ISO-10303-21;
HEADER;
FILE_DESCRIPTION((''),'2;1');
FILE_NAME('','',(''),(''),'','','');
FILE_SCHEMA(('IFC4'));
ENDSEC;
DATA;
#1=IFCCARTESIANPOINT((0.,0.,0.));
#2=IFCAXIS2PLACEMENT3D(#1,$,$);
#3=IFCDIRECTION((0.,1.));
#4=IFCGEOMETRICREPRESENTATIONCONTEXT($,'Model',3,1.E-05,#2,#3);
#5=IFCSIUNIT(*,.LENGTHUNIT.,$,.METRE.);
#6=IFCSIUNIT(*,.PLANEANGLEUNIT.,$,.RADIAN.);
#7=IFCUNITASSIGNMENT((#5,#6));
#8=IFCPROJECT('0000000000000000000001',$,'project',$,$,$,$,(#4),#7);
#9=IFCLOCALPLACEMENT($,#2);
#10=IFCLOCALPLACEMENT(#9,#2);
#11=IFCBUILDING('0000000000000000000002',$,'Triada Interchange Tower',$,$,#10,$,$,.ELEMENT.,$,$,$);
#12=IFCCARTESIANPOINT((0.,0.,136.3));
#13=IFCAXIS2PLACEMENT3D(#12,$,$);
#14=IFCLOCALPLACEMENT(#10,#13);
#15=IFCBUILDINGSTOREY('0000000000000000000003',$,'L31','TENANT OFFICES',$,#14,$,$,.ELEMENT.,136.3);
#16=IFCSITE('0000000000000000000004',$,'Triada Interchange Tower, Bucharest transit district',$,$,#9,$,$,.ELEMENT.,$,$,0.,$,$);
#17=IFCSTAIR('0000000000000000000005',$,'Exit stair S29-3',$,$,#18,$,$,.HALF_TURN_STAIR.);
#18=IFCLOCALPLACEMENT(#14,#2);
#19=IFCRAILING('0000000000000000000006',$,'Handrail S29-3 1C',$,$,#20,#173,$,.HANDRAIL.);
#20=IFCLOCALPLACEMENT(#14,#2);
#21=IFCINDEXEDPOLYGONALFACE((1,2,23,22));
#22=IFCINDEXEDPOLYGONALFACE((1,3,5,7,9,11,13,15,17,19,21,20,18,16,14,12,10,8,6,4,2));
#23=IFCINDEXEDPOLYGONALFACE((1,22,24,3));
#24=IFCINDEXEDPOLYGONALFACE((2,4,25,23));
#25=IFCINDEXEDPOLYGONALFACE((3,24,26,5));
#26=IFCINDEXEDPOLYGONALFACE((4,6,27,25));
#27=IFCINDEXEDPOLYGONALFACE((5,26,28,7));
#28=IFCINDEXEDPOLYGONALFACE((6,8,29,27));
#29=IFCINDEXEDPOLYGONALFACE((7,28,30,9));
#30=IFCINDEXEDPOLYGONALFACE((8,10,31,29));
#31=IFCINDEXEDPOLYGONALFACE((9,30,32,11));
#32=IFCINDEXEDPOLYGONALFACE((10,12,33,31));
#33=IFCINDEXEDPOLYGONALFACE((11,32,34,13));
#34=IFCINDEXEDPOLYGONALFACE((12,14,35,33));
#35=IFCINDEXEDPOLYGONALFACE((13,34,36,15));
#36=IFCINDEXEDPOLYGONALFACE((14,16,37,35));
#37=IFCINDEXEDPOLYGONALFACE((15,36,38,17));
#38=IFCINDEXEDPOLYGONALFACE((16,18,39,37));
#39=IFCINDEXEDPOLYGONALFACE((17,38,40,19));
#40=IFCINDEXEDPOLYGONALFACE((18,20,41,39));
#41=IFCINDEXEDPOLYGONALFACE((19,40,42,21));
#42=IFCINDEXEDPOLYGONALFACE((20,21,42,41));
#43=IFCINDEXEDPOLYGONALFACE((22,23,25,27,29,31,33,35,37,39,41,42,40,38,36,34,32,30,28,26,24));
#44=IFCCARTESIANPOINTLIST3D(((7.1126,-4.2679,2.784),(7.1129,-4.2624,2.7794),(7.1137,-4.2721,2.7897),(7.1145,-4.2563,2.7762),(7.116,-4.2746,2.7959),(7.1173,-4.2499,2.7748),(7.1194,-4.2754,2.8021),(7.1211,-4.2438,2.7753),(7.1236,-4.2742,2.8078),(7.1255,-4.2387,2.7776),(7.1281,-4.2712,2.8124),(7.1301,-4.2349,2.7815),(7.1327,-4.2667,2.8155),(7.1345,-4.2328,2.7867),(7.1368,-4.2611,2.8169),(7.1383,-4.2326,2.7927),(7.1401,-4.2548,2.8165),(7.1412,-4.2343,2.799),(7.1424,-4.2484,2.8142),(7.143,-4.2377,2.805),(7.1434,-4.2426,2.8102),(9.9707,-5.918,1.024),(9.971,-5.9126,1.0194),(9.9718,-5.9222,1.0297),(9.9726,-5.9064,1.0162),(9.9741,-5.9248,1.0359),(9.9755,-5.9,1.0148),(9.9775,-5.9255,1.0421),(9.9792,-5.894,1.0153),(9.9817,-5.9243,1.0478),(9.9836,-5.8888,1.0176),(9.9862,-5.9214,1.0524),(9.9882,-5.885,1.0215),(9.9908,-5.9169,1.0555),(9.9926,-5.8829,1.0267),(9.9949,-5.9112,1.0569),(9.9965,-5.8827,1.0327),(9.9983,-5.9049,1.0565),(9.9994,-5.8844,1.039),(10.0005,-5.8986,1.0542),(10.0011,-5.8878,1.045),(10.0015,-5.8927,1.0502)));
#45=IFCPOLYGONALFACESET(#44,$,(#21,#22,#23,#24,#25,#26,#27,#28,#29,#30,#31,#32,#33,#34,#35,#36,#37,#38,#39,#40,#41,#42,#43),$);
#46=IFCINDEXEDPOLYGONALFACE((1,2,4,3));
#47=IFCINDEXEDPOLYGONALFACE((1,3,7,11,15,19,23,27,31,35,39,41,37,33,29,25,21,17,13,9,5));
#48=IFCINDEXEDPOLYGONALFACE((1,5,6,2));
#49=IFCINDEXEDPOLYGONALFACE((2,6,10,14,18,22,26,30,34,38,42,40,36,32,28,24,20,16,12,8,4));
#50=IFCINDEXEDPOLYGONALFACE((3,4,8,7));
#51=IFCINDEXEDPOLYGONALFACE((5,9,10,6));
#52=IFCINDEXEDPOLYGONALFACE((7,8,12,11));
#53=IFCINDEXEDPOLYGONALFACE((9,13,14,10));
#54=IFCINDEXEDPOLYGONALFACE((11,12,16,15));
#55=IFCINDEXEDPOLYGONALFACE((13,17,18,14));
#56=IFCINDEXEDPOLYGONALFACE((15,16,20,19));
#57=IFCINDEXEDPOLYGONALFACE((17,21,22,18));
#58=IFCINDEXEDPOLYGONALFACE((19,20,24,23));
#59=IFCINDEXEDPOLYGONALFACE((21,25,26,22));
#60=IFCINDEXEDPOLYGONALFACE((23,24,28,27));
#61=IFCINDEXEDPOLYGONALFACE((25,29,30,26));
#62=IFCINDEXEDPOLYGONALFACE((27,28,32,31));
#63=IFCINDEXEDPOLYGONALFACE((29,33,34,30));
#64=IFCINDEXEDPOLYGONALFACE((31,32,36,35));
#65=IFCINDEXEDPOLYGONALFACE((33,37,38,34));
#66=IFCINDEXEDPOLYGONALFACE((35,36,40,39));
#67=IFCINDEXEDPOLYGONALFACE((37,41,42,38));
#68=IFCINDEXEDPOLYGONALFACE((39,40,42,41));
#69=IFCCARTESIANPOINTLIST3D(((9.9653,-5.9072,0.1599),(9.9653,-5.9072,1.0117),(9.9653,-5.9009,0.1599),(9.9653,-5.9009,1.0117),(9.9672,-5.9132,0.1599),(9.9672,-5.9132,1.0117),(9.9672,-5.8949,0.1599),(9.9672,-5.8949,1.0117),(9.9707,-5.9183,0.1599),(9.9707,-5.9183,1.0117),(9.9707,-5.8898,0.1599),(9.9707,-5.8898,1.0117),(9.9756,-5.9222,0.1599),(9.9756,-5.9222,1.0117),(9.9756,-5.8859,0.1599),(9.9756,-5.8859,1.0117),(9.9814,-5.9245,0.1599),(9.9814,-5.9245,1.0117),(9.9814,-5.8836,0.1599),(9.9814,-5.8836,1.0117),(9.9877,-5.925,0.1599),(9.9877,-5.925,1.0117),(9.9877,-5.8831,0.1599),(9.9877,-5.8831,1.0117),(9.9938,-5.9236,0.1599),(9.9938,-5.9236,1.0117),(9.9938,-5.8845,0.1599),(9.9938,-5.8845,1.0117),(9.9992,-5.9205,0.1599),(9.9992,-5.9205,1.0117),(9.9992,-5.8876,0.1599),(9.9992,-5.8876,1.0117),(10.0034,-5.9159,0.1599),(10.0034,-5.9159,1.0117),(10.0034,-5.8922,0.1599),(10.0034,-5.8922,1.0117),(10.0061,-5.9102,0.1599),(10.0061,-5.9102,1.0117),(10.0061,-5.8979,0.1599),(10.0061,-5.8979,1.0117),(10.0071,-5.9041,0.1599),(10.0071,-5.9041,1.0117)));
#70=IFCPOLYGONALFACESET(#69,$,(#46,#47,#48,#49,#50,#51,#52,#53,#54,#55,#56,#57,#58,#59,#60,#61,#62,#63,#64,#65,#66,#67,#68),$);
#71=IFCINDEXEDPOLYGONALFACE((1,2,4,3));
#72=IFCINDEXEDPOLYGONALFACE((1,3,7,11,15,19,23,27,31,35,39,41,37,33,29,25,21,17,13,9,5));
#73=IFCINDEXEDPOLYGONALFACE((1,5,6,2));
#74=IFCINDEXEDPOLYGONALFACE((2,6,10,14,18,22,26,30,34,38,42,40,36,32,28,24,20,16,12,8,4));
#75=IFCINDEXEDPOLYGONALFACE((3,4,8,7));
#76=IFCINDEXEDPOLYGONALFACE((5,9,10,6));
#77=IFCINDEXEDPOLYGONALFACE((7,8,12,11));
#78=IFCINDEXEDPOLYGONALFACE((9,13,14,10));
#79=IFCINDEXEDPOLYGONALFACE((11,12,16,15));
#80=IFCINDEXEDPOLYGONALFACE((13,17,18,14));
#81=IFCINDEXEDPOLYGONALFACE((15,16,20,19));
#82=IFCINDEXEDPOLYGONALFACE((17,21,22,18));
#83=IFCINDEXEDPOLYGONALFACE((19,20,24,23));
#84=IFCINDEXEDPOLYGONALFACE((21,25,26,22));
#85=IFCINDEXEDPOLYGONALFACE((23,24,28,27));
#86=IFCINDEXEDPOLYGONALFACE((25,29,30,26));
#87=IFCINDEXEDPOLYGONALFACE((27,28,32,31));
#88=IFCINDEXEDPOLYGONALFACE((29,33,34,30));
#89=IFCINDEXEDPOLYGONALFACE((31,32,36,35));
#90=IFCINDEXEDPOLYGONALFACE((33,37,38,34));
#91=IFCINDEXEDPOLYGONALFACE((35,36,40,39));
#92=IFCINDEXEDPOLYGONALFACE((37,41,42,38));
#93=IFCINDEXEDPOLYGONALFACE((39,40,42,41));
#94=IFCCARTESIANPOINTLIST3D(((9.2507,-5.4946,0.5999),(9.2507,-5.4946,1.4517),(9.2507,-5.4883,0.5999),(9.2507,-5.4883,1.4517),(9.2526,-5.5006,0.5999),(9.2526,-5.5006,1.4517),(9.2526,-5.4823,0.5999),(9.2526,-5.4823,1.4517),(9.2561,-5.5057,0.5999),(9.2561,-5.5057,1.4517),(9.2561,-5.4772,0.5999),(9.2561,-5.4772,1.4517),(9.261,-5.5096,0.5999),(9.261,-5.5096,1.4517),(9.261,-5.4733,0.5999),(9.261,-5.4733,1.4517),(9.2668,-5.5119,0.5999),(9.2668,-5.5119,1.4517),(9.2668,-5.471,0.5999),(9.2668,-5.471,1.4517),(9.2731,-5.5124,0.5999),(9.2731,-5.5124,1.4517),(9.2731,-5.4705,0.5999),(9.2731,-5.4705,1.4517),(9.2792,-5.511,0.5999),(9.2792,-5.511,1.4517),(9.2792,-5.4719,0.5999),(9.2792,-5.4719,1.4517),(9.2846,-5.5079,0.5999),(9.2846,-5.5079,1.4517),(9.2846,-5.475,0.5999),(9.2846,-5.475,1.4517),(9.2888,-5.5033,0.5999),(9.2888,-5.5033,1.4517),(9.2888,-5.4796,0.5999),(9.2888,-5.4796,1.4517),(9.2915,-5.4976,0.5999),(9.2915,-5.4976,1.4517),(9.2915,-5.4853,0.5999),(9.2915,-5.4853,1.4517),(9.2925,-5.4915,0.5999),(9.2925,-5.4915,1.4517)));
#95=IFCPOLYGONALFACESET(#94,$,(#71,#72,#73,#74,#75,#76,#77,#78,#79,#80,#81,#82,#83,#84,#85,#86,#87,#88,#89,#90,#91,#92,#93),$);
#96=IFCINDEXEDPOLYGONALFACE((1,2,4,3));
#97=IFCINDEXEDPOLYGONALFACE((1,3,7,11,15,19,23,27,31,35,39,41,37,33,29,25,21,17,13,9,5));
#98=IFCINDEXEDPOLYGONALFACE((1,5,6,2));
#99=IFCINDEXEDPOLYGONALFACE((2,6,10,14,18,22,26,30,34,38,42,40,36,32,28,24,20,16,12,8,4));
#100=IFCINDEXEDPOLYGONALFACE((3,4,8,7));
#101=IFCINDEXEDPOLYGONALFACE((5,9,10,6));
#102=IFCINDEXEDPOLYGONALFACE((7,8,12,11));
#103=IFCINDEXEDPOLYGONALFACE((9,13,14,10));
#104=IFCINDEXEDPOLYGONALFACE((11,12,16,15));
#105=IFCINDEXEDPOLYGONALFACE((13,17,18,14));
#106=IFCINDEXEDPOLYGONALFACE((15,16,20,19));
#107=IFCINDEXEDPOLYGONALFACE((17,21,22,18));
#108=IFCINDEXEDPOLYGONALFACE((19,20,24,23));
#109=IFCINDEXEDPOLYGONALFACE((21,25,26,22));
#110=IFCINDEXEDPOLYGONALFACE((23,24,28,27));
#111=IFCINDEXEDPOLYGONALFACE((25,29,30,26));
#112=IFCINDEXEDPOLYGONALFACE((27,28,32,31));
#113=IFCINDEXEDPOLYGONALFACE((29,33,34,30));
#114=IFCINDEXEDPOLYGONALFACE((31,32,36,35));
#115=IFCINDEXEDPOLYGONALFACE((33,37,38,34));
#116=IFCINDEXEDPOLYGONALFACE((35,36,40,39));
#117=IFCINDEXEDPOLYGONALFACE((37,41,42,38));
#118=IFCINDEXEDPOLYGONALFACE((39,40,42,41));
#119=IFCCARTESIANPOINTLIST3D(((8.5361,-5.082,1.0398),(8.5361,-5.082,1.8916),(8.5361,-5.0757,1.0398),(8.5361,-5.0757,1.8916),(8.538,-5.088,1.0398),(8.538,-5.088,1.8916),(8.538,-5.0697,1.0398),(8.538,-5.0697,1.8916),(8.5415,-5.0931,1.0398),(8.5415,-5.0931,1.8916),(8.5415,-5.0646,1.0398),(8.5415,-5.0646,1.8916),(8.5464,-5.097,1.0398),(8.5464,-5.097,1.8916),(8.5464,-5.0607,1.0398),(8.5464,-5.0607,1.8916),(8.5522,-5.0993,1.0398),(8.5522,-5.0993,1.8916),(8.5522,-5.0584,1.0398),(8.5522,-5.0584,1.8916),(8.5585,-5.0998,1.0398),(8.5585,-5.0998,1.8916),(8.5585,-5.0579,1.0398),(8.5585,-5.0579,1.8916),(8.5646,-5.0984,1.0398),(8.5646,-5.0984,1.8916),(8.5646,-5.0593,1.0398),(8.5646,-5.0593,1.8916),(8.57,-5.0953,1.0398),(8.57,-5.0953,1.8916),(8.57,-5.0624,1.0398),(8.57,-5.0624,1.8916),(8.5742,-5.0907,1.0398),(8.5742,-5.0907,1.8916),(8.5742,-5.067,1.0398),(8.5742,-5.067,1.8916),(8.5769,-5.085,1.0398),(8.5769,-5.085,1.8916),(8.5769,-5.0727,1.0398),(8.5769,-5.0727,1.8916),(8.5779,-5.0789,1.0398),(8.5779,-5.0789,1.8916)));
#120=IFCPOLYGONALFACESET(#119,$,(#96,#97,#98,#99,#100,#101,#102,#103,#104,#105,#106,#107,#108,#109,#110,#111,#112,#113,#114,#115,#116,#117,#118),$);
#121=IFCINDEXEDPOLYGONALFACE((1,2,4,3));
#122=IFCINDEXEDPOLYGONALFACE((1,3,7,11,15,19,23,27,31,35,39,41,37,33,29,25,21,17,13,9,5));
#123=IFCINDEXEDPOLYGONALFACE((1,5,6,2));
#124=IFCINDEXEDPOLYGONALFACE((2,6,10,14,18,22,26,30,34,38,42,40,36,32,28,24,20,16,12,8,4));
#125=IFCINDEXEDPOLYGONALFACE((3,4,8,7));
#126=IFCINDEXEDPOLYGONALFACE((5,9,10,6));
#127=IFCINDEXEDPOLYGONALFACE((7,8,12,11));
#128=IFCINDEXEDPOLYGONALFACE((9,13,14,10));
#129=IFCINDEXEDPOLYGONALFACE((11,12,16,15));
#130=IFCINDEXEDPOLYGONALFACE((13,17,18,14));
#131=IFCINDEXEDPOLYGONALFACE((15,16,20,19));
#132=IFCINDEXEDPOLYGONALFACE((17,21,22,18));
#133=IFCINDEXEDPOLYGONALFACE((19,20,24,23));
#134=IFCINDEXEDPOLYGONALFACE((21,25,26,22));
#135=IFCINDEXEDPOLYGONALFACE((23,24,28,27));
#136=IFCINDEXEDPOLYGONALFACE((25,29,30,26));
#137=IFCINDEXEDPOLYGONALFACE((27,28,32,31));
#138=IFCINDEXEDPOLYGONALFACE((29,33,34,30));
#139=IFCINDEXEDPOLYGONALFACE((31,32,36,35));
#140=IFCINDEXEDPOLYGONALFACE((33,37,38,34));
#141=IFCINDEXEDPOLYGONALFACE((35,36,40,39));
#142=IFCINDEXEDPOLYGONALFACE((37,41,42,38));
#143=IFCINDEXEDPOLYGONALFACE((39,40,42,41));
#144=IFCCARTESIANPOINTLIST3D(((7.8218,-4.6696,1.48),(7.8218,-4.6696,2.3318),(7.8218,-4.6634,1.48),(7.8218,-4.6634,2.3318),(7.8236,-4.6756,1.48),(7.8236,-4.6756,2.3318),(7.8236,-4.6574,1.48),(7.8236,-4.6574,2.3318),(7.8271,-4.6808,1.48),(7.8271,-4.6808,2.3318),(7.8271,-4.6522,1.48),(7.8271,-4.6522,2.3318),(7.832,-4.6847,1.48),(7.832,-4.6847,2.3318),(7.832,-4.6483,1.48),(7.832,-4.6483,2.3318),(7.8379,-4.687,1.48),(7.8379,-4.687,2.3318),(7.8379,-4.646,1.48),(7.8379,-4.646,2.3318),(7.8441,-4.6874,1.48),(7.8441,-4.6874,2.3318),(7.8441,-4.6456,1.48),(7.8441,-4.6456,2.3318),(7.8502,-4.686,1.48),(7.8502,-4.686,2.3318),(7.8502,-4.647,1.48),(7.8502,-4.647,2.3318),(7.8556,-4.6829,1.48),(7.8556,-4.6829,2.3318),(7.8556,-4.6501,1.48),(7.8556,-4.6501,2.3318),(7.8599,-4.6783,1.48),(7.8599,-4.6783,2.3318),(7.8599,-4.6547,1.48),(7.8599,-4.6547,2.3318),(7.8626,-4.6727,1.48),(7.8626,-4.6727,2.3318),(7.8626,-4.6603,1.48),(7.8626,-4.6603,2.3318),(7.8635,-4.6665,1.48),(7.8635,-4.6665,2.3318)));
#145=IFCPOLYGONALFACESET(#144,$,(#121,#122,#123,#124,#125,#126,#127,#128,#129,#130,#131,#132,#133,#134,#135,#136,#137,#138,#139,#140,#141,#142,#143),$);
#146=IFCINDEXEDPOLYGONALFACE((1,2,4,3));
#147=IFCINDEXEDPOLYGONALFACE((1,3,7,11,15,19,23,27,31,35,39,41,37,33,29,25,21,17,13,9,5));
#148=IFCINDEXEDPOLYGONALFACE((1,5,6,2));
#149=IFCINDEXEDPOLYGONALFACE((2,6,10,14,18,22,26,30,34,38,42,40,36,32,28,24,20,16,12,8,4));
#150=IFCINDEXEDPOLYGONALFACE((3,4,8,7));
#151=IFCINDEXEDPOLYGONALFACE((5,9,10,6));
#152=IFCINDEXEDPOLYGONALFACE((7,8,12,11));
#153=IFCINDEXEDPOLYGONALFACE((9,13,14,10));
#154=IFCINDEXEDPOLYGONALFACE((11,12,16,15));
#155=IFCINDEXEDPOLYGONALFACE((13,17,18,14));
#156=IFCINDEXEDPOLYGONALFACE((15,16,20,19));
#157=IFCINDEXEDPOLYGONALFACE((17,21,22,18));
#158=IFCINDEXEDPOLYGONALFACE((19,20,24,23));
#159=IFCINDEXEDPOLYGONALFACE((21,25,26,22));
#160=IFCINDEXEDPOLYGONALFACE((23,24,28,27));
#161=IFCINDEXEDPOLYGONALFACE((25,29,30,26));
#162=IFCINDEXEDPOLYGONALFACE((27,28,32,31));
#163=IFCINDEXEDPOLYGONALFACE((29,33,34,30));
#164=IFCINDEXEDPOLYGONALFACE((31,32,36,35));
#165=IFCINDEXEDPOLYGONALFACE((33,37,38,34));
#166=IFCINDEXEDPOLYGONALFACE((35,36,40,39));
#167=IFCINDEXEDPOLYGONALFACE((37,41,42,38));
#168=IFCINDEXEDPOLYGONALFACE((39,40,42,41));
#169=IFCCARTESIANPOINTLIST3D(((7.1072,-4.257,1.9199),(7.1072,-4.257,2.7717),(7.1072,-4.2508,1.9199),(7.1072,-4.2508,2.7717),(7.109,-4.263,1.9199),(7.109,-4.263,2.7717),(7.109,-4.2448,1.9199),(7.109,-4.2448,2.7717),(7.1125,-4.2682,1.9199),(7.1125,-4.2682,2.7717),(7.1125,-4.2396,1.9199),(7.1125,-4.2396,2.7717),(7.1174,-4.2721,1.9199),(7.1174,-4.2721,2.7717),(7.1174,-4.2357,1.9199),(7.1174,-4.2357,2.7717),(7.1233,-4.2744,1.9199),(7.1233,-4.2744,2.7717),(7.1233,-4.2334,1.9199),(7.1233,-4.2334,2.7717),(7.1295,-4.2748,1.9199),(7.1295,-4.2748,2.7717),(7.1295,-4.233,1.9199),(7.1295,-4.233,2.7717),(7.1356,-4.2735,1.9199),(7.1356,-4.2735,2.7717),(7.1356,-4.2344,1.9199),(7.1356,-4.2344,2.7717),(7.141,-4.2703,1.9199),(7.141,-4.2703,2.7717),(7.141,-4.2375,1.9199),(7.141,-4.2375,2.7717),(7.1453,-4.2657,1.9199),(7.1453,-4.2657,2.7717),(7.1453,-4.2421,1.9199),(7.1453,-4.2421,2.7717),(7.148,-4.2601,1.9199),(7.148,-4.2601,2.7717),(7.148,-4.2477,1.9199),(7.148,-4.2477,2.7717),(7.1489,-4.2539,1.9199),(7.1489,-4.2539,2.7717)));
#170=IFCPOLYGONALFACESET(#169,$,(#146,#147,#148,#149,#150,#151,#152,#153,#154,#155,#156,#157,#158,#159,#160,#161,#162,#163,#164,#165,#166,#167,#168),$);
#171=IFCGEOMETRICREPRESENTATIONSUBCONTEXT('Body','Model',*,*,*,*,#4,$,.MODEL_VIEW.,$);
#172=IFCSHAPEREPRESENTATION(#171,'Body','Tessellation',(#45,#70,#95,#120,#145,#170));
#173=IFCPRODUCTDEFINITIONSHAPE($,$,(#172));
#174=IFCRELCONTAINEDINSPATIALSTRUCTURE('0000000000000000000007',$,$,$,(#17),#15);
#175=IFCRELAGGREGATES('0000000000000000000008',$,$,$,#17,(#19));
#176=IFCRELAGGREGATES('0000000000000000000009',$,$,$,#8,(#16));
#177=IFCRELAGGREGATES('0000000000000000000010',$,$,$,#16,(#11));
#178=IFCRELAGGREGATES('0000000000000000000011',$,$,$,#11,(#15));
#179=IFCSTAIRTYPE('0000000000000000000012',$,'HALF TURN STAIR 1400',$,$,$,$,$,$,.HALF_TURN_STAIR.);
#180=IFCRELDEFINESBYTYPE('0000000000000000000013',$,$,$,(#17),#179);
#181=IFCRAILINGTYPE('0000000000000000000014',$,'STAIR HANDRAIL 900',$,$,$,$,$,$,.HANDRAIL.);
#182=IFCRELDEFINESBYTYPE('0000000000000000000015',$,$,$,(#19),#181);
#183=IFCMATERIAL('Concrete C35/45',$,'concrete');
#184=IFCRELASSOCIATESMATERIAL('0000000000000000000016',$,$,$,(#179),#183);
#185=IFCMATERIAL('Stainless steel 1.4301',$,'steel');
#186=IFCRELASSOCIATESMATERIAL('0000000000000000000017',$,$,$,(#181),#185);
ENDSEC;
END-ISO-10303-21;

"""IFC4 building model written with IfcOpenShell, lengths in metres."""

from ifc_helpers import new_model, si_unit, direction, frame, origin, origin_2d, place, context, subcontext, project, spatial, circle, extrude, material, type_object, element, aggregate, save


model = new_model("IFC4")

# Units and contexts
model_context = context("Model", 3, precision=1e-05, world=origin(), true_north=direction((0.0, 1.0)))
body_context = subcontext(model_context, "Body", "Model", "MODEL_VIEW")
ifc_project = project(units=[si_unit("LENGTHUNIT", "METRE"), si_unit("PLANEANGLEUNIT", "RADIAN")], contexts=[model_context])

# Site, building, storey
site_placement = place(None, origin())
site = spatial("IfcSite", under=ifc_project, at=site_placement, Name="Triada Interchange Tower, Bucharest transit district", CompositionType="ELEMENT", RefElevation=0.0)
building_placement = place(site_placement, origin())
building = spatial("IfcBuilding", under=site, at=building_placement, Name="Triada Interchange Tower", CompositionType="ELEMENT")
storey_placement = place(building_placement, frame((0.0, 0.0, 136.3)))
storey = spatial("IfcBuildingStorey", under=building, at=storey_placement, Name="L31", Description="TENANT OFFICES", CompositionType="ELEMENT", Elevation=136.3)

# Stair, railing
ifc_material_1 = material(Name="Concrete C35/45", Category="concrete")
stair_type = type_object("IfcStairType", Name="HALF TURN STAIR 1400", PredefinedType="HALF_TURN_STAIR", material=ifc_material_1)
stair_placement = place(storey_placement, origin())
stair = element("IfcStair", 1, at=stair_placement, inside=storey, type_object=stair_type, Name="Exit stair S29-3", PredefinedType="HALF_TURN_STAIR")
ifc_material_2 = material(Name="Stainless steel 1.4301", Category="steel")
railing_type = type_object("IfcRailingType", Name="STAIR HANDRAIL 900", PredefinedType="HANDRAIL", material=ifc_material_2)
railing_1_placement = place(storey_placement, frame((9.9861, -5.9041, 0.1599)))
railing_1 = element("IfcRailing", 2, at=railing_1_placement, type_object=railing_type, Name="Handrail S29-3 1C", PredefinedType="HANDRAIL", context=body_context, shape_type="SweptSolid", body=[
    extrude(circle(Radius=0.0239, at=origin_2d()), frame((0.0, 0.0, 0.876), z_axis=(-0.764156, 0.441183, 0.470556), x_axis=(-0.499998, -0.866027, 0.0)), (0.0, 0.0, 1.0), 3.7402),
    extrude(circle(Radius=0.021, at=origin_2d()), origin(), (0.0, 0.0, 1.0), 0.8518),
    extrude(circle(Radius=0.021, at=origin_2d()), frame((-0.7146, 0.4126, 0.4399)), (0.0, 0.0, 1.0), 0.8518),
    extrude(circle(Radius=0.021, at=origin_2d()), frame((-1.4292, 0.8252, 0.8799)), (0.0, 0.0, 1.0), 0.8518),
    extrude(circle(Radius=0.021, at=origin_2d()), frame((-2.1436, 1.2375, 1.3201)), (0.0, 0.0, 1.0), 0.8518),
    extrude(circle(Radius=0.021, at=origin_2d()), frame((-2.8582, 1.6501, 1.76)), (0.0, 0.0, 1.0), 0.8518),
])
aggregate(stair, [railing_1])

save(model, "model.ifc")
